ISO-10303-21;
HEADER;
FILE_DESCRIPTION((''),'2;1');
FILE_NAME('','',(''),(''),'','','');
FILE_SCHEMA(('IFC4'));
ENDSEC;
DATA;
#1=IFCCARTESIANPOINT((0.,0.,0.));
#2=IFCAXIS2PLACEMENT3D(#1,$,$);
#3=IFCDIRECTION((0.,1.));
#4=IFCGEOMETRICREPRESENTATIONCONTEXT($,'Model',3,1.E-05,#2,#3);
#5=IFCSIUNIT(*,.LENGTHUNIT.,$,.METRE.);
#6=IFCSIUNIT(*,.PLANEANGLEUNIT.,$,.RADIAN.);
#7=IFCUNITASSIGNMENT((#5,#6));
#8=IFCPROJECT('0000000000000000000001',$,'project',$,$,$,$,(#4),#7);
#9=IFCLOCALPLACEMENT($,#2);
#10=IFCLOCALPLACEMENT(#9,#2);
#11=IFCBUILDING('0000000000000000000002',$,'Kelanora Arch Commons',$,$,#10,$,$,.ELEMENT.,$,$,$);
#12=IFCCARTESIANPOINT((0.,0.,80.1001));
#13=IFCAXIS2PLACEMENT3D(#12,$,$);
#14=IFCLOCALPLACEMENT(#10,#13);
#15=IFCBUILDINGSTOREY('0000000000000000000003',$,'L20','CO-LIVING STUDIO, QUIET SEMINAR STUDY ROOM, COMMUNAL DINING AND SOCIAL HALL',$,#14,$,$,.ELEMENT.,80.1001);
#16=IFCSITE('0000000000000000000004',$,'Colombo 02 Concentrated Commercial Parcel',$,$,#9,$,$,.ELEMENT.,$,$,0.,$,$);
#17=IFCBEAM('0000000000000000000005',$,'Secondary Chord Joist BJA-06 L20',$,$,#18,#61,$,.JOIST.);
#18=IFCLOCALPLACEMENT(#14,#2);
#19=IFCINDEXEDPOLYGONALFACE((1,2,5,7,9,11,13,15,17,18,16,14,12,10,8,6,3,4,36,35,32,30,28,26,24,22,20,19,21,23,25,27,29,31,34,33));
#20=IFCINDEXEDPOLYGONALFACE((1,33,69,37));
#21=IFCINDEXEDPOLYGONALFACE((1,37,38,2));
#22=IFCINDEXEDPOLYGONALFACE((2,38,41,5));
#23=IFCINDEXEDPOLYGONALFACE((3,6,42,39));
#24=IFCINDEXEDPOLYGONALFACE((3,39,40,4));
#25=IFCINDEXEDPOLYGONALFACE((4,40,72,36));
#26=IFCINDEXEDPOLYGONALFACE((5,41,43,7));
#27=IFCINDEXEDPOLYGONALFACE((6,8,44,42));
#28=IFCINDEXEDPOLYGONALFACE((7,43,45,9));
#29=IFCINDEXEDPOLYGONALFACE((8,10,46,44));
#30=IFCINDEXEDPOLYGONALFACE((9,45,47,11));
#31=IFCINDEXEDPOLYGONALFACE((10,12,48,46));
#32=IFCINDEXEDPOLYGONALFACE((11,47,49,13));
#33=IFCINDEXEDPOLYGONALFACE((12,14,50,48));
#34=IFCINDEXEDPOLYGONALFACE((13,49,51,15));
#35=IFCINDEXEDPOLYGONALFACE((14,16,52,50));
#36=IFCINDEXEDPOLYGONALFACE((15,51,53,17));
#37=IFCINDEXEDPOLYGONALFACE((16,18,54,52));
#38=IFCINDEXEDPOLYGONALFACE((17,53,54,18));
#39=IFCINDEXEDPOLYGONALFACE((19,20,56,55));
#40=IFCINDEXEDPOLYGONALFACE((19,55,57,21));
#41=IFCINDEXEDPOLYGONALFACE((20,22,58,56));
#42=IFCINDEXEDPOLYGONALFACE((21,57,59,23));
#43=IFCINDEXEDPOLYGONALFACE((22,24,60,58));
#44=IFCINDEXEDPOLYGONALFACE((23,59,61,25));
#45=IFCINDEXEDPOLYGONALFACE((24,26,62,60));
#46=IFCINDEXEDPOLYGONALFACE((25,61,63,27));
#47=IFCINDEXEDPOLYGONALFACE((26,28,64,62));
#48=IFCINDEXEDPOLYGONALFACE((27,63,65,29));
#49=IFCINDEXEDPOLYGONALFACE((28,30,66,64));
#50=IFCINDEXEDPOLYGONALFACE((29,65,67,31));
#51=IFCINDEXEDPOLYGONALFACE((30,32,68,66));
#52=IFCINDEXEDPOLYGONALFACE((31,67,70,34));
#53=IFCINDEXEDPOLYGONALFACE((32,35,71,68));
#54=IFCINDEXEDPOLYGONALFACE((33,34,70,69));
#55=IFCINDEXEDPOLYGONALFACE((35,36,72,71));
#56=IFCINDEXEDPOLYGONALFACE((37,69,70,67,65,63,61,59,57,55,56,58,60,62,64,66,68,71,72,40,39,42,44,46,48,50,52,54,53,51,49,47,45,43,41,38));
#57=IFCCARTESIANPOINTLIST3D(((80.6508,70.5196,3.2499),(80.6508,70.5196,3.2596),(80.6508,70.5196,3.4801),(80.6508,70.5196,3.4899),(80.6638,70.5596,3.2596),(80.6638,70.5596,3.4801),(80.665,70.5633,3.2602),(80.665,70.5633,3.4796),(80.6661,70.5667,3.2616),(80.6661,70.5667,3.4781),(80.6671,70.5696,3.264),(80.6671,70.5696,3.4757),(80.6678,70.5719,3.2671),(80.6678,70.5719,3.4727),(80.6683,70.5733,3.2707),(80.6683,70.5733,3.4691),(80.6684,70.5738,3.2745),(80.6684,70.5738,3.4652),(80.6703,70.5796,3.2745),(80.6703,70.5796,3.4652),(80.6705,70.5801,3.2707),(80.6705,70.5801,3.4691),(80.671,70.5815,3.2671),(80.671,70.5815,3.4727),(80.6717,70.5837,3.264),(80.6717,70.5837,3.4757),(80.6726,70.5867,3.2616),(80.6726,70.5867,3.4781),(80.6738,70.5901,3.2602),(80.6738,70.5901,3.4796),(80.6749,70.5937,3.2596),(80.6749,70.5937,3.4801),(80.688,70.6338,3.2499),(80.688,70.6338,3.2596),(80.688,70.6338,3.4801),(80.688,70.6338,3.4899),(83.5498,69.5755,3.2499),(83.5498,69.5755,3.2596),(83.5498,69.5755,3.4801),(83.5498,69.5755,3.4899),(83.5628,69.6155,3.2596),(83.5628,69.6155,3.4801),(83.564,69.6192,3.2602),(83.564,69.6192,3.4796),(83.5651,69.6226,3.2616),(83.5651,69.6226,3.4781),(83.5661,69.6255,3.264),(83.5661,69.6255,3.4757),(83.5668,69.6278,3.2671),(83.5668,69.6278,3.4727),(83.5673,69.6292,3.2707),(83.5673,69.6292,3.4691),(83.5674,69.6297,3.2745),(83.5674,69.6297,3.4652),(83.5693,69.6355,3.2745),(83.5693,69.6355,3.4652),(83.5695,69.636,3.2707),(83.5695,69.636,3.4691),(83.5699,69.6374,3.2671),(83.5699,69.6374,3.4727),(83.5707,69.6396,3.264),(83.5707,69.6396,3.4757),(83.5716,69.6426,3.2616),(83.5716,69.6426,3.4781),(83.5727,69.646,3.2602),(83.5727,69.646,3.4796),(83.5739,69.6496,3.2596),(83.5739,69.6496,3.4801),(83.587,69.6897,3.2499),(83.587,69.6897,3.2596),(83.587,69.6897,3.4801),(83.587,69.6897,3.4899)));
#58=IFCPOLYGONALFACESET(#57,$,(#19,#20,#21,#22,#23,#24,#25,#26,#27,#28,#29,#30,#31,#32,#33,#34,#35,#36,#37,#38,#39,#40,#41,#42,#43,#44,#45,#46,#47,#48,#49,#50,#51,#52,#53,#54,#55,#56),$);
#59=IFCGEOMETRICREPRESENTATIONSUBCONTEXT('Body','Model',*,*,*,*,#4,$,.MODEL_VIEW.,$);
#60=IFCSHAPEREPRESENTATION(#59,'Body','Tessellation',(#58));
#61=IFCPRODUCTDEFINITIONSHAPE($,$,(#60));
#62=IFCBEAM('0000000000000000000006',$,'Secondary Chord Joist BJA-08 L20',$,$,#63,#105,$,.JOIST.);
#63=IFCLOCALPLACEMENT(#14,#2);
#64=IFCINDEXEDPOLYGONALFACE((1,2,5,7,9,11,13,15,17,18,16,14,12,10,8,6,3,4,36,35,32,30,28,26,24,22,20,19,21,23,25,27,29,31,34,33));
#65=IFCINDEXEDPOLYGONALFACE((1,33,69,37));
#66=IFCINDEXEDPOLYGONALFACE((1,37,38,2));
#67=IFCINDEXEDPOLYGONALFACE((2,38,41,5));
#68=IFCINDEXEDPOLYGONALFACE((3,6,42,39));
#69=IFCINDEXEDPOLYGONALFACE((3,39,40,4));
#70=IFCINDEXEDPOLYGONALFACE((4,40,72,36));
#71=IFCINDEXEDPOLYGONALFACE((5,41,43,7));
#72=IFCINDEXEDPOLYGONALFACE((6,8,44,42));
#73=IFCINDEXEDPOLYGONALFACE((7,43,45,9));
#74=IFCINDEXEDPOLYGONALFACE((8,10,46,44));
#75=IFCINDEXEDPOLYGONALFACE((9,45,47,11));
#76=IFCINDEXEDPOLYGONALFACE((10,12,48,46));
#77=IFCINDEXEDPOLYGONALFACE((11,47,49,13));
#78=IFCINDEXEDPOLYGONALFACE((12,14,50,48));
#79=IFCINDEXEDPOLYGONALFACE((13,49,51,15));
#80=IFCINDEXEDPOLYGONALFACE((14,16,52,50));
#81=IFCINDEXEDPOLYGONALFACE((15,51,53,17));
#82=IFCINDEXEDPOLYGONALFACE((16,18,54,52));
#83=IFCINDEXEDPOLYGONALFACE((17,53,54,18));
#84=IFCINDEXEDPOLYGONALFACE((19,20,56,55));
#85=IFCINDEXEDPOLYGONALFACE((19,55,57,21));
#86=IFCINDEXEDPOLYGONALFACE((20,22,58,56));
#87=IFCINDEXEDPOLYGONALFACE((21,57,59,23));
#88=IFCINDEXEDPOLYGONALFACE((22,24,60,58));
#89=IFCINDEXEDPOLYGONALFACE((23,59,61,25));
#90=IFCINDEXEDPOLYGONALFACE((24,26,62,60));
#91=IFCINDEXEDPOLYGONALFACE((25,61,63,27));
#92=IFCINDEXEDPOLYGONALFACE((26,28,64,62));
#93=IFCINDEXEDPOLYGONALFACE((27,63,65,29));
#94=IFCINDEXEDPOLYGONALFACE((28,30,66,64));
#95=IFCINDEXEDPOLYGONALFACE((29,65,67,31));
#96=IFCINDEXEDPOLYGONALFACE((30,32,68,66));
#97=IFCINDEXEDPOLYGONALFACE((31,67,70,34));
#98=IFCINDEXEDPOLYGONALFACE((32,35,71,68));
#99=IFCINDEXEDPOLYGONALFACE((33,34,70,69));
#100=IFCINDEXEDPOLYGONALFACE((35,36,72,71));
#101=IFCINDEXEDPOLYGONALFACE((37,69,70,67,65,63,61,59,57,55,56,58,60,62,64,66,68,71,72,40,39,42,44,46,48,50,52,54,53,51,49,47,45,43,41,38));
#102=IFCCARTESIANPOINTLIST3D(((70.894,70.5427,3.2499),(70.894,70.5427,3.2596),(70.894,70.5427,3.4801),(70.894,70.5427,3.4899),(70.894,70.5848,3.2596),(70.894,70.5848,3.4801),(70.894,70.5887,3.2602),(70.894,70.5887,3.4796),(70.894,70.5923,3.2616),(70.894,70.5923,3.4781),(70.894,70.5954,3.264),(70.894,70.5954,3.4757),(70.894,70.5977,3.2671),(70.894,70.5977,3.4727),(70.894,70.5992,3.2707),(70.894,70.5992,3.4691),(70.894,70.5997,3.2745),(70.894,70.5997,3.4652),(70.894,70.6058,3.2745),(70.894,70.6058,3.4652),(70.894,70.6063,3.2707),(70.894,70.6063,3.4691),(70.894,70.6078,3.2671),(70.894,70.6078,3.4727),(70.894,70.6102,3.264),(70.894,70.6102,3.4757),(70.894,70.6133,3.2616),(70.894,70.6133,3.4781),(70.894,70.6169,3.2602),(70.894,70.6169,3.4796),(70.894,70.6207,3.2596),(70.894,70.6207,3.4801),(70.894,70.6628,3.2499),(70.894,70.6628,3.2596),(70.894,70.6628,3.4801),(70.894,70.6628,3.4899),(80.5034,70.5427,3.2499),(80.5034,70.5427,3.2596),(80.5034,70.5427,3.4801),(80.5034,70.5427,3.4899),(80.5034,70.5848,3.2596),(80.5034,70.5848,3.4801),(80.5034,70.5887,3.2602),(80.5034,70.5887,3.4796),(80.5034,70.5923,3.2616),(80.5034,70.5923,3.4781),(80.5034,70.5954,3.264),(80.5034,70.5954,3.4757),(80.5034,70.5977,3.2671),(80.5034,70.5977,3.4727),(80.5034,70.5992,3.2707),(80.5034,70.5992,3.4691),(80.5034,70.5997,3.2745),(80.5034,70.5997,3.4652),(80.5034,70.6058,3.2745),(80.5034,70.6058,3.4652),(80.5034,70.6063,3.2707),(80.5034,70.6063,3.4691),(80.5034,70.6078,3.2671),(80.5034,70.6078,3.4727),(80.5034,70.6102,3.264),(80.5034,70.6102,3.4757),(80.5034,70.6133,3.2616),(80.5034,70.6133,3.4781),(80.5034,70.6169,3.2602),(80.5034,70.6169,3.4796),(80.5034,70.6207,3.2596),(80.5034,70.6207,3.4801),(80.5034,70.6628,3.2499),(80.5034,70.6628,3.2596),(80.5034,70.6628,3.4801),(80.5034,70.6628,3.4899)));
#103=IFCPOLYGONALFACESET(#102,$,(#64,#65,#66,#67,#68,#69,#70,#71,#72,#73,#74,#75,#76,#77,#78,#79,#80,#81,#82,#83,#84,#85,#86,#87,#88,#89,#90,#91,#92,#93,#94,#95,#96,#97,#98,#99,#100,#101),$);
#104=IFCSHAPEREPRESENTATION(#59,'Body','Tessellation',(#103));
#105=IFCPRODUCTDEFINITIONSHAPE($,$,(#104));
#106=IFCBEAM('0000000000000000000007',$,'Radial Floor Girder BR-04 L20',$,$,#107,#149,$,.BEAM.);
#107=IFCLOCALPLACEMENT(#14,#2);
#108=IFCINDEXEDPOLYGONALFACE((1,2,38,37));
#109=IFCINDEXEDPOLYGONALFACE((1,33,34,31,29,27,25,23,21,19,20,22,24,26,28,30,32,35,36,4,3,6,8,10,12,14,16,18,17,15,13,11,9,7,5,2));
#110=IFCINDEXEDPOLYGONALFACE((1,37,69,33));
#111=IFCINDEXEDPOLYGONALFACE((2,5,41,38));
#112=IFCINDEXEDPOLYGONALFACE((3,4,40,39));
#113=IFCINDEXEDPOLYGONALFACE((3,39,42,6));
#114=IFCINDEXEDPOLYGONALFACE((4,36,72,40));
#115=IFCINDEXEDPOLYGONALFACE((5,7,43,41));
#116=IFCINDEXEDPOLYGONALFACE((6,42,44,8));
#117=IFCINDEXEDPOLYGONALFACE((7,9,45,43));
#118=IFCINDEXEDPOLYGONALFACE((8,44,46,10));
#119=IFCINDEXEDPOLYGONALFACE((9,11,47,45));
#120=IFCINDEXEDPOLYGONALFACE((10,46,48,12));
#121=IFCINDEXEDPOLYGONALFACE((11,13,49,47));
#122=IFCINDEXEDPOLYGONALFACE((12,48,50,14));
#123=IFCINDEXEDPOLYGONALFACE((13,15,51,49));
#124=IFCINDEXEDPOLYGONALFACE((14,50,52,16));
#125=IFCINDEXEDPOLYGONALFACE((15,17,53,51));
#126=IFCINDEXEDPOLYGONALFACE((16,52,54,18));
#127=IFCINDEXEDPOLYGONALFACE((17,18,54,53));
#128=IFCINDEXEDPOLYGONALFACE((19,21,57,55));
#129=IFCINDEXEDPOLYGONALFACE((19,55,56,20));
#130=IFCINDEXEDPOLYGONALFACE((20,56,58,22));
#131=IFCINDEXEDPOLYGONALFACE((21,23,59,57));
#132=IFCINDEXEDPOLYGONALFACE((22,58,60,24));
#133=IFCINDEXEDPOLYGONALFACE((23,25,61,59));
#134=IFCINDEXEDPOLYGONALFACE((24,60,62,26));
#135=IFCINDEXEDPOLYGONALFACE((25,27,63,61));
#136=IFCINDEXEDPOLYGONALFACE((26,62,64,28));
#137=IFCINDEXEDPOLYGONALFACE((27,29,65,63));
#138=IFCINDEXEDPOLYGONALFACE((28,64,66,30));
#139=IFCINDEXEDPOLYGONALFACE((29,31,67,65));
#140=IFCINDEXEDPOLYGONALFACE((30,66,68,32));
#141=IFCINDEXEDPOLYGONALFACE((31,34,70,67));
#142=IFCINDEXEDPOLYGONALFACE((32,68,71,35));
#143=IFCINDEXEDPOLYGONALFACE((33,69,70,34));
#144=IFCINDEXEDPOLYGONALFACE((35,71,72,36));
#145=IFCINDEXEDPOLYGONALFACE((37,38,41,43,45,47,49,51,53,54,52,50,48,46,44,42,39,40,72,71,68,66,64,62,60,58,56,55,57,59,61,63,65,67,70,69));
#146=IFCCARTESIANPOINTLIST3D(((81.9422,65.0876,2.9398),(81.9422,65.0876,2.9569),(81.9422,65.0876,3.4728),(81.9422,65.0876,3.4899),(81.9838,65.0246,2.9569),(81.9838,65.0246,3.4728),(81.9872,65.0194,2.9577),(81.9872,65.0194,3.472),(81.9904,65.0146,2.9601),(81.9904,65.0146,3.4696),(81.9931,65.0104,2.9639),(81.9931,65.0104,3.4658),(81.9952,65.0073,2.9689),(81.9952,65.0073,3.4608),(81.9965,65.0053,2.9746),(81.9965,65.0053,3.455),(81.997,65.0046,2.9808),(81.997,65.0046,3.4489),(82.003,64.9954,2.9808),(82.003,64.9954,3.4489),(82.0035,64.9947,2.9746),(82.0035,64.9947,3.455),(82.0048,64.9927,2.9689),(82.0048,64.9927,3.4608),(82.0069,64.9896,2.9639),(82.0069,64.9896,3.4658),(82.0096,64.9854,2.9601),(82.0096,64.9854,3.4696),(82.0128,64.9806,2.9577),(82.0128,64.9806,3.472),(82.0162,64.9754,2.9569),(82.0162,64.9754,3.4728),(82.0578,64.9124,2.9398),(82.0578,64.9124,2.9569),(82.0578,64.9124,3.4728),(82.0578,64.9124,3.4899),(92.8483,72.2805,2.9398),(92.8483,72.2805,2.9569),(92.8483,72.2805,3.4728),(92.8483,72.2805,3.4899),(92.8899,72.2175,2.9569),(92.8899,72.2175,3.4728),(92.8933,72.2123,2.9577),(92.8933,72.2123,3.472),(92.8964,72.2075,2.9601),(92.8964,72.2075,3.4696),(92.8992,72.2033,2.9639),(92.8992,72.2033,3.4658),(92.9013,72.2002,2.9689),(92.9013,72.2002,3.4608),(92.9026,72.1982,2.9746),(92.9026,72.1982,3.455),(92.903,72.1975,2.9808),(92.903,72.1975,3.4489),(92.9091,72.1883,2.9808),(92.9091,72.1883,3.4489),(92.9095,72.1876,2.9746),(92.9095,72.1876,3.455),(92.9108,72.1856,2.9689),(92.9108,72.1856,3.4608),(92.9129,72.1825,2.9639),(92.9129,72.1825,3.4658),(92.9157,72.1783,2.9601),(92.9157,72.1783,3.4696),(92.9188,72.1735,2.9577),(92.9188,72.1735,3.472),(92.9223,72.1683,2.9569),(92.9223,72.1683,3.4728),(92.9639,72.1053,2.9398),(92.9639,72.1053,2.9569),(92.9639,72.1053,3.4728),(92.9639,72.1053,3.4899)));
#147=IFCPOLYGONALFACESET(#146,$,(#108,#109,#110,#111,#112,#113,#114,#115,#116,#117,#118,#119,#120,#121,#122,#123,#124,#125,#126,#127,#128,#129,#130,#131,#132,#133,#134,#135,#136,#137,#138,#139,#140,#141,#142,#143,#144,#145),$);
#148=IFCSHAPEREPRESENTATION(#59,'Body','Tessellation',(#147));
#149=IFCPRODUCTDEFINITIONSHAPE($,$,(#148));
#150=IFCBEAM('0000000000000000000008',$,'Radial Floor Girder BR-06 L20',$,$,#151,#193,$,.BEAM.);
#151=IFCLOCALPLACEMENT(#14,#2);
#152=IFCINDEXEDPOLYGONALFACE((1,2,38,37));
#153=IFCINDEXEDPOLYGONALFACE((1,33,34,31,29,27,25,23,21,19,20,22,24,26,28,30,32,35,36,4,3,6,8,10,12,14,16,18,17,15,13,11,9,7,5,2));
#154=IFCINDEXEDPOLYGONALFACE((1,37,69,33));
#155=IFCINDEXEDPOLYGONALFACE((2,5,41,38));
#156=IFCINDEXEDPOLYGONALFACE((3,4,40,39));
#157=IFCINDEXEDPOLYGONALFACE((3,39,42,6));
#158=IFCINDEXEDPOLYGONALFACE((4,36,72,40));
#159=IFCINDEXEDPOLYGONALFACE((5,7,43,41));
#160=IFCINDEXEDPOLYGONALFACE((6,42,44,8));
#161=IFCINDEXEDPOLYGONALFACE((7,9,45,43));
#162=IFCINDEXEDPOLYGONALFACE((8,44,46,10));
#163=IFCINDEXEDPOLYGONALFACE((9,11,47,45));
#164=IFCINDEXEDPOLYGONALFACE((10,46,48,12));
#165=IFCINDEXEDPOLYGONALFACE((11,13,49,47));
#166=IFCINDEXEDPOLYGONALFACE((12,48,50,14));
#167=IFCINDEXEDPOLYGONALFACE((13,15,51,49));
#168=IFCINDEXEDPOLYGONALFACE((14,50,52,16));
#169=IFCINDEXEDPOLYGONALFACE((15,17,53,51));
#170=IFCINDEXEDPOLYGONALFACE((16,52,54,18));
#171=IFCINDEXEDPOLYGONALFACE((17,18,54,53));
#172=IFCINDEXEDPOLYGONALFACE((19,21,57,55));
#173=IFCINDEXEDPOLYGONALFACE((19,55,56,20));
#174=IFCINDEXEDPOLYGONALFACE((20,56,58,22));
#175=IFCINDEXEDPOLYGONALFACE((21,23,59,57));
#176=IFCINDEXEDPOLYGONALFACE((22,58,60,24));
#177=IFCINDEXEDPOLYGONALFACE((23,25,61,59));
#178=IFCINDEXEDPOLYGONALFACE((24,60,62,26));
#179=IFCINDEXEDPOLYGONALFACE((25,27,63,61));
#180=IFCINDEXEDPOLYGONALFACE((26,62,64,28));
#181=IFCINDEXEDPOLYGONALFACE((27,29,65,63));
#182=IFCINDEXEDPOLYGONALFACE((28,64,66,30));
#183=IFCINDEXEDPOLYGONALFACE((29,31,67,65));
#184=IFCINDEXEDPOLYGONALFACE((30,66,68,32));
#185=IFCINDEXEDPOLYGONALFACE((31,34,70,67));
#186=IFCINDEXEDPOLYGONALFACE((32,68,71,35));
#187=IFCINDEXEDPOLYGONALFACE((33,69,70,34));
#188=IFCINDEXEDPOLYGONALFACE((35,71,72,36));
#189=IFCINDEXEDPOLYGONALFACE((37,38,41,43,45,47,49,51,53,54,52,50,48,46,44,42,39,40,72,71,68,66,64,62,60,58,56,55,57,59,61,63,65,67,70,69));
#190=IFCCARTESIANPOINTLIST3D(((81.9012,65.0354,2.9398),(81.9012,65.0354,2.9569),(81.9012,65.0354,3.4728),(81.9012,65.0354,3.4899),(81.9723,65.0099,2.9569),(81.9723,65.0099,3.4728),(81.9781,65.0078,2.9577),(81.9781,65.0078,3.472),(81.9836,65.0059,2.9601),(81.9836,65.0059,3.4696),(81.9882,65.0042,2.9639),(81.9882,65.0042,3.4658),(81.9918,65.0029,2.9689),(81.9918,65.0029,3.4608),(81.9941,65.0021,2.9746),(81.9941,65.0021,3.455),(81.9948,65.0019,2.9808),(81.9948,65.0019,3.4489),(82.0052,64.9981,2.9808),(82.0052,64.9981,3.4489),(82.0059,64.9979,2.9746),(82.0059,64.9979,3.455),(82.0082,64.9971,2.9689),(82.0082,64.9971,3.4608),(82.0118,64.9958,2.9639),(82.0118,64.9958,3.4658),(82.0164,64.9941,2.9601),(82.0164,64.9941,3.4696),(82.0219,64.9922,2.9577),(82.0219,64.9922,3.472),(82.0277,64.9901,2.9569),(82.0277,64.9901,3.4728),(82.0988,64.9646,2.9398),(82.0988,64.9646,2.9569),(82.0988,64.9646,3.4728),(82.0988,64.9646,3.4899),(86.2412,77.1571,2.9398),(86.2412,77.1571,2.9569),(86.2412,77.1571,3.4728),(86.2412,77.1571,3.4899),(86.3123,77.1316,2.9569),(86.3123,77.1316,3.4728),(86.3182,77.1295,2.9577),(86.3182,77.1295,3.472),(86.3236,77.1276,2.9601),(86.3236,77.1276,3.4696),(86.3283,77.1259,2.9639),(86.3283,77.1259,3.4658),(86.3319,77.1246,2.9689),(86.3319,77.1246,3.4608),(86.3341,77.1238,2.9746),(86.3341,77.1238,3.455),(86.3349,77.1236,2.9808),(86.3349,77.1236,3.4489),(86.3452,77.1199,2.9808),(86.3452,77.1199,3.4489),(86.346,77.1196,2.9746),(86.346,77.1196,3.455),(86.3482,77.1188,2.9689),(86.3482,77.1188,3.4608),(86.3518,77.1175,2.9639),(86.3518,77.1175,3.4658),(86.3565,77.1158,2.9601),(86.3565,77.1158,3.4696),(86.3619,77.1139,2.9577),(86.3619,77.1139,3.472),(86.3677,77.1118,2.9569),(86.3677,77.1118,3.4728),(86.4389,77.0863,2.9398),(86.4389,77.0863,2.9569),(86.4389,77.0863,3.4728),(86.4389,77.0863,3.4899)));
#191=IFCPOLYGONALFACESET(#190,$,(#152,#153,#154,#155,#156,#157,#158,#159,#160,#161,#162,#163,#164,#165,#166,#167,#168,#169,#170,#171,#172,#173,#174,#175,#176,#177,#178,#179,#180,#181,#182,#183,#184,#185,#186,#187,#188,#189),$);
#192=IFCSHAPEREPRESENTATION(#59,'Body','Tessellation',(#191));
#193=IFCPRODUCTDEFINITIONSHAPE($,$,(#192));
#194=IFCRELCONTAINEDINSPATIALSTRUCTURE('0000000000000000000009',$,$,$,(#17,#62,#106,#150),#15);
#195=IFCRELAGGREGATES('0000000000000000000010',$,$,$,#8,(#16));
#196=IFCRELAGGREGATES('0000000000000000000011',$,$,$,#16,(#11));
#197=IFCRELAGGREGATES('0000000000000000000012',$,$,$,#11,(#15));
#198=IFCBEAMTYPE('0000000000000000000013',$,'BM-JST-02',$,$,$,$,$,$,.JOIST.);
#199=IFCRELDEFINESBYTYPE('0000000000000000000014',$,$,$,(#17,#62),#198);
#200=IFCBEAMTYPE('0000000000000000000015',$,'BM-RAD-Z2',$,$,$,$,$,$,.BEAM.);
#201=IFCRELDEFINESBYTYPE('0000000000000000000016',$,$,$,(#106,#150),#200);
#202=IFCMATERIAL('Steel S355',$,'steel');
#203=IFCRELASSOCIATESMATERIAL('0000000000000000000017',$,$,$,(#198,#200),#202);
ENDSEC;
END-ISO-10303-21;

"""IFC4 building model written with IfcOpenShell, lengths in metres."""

from ifc_helpers import new_model, si_unit, direction, frame, origin, origin_2d, place, context, subcontext, project, spatial, i_section, extrude, material, material_profile, profile_set, type_object, element, save


model = new_model("IFC4")

# Units and contexts
model_context = context("Model", 3, precision=1e-05, world=origin(), true_north=direction((0.0, 1.0)))
body_context = subcontext(model_context, "Body", "Model", "MODEL_VIEW")
ifc_project = project(units=[si_unit("LENGTHUNIT", "METRE"), si_unit("PLANEANGLEUNIT", "RADIAN")], contexts=[model_context])

# Site, building, storey
site_placement = place(None, origin())
site = spatial("IfcSite", under=ifc_project, at=site_placement, Name="Colombo 02 Concentrated Commercial Parcel", CompositionType="ELEMENT", RefElevation=0.0)
building_placement = place(site_placement, origin())
building = spatial("IfcBuilding", under=site, at=building_placement, Name="Kelanora Arch Commons", CompositionType="ELEMENT")
storey_placement = place(building_placement, frame((0.0, 0.0, 80.1001)))
storey = spatial("IfcBuildingStorey", under=building, at=storey_placement, Name="L20", Description="CO-LIVING STUDIO, QUIET SEMINAR STUDY ROOM, COMMUNAL DINING AND SOCIAL HALL", CompositionType="ELEMENT", Elevation=80.1001)

# Beams
ifc_material_1 = material(Name="Steel S355", Category="steel")
ifc_material_profile_1 = material_profile(ifc_material_1, i_section(OverallWidth=0.1201, OverallDepth=0.24, WebThickness=0.0061, FlangeThickness=0.0098, FilletRadius=0.0149, at=origin_2d()), Name="IPE240")
ifc_profile_set_1 = profile_set([ifc_material_profile_1], Name="Steel S355")
beam_type_1 = type_object("IfcBeamType", Name="BM-JST-02", PredefinedType="JOIST", material=ifc_profile_set_1)
beam_1_placement = place(storey_placement, frame((83.5684, 69.6326, 3.3699), z_axis=(-0.950847, 0.309662, 0.0), x_axis=(-0.309662, -0.950847, 0.0)))
element("IfcBeam", 1, at=beam_1_placement, inside=storey, type_object=beam_type_1, Name="Secondary Chord Joist BJA-06 L20", PredefinedType="JOIST", context=body_context, shape_type="SweptSolid", body=[
    extrude(i_section(OverallWidth=0.1201, OverallDepth=0.24, WebThickness=0.0061, FlangeThickness=0.0098, FilletRadius=0.0149, at=origin_2d()), origin(), (0.0, 0.0, 1.0), 3.0488),
])
beam_2_placement = place(storey_placement, frame((80.5034, 70.6028, 3.3699), z_axis=(-1.0, 0.0, 0.0), x_axis=(0.0, -1.0, 0.0)))
element("IfcBeam", 2, at=beam_2_placement, inside=storey, type_object=beam_type_1, Name="Secondary Chord Joist BJA-08 L20", PredefinedType="JOIST", context=body_context, shape_type="SweptSolid", body=[
    extrude(i_section(OverallWidth=0.1201, OverallDepth=0.24, WebThickness=0.0061, FlangeThickness=0.0098, FilletRadius=0.0149, at=origin_2d()), origin(), (0.0, 0.0, 1.0), 9.6094),
])
ifc_material_profile_2 = material_profile(ifc_material_1, i_section(OverallWidth=0.21, OverallDepth=0.55, WebThickness=0.011, FlangeThickness=0.0171, FilletRadius=0.0239, at=origin_2d()), Name="IPE550")
ifc_profile_set_2 = profile_set([ifc_material_profile_2], Name="Steel S355")
beam_type_2 = type_object("IfcBeamType", Name="BM-RAD-Z2", PredefinedType="BEAM", material=ifc_profile_set_2)
beam_3_placement = place(storey_placement, frame((82.0, 65.0, 3.2148), z_axis=(0.834789, 0.550571, 0.0), x_axis=(-0.550571, 0.834789, 0.0)))
element("IfcBeam", 3, at=beam_3_placement, inside=storey, type_object=beam_type_2, Name="Radial Floor Girder BR-04 L20", PredefinedType="BEAM", context=body_context, shape_type="SweptSolid", body=[
    extrude(i_section(OverallWidth=0.21, OverallDepth=0.55, WebThickness=0.011, FlangeThickness=0.0171, FilletRadius=0.0239, at=origin_2d()), origin(), (0.0, 0.0, 1.0), 13.0645),
])
beam_4_placement = place(storey_placement, frame((82.0, 65.0, 3.2148), z_axis=(0.337085, 0.941474, 0.0), x_axis=(-0.941474, 0.337085, 0.0)))
element("IfcBeam", 4, at=beam_4_placement, inside=storey, type_object=beam_type_2, Name="Radial Floor Girder BR-06 L20", PredefinedType="BEAM", context=body_context, shape_type="SweptSolid", body=[
    extrude(i_section(OverallWidth=0.21, OverallDepth=0.55, WebThickness=0.011, FlangeThickness=0.0171, FilletRadius=0.0239, at=origin_2d()), origin(), (0.0, 0.0, 1.0), 12.8752),
])

save(model, "model.ifc")
